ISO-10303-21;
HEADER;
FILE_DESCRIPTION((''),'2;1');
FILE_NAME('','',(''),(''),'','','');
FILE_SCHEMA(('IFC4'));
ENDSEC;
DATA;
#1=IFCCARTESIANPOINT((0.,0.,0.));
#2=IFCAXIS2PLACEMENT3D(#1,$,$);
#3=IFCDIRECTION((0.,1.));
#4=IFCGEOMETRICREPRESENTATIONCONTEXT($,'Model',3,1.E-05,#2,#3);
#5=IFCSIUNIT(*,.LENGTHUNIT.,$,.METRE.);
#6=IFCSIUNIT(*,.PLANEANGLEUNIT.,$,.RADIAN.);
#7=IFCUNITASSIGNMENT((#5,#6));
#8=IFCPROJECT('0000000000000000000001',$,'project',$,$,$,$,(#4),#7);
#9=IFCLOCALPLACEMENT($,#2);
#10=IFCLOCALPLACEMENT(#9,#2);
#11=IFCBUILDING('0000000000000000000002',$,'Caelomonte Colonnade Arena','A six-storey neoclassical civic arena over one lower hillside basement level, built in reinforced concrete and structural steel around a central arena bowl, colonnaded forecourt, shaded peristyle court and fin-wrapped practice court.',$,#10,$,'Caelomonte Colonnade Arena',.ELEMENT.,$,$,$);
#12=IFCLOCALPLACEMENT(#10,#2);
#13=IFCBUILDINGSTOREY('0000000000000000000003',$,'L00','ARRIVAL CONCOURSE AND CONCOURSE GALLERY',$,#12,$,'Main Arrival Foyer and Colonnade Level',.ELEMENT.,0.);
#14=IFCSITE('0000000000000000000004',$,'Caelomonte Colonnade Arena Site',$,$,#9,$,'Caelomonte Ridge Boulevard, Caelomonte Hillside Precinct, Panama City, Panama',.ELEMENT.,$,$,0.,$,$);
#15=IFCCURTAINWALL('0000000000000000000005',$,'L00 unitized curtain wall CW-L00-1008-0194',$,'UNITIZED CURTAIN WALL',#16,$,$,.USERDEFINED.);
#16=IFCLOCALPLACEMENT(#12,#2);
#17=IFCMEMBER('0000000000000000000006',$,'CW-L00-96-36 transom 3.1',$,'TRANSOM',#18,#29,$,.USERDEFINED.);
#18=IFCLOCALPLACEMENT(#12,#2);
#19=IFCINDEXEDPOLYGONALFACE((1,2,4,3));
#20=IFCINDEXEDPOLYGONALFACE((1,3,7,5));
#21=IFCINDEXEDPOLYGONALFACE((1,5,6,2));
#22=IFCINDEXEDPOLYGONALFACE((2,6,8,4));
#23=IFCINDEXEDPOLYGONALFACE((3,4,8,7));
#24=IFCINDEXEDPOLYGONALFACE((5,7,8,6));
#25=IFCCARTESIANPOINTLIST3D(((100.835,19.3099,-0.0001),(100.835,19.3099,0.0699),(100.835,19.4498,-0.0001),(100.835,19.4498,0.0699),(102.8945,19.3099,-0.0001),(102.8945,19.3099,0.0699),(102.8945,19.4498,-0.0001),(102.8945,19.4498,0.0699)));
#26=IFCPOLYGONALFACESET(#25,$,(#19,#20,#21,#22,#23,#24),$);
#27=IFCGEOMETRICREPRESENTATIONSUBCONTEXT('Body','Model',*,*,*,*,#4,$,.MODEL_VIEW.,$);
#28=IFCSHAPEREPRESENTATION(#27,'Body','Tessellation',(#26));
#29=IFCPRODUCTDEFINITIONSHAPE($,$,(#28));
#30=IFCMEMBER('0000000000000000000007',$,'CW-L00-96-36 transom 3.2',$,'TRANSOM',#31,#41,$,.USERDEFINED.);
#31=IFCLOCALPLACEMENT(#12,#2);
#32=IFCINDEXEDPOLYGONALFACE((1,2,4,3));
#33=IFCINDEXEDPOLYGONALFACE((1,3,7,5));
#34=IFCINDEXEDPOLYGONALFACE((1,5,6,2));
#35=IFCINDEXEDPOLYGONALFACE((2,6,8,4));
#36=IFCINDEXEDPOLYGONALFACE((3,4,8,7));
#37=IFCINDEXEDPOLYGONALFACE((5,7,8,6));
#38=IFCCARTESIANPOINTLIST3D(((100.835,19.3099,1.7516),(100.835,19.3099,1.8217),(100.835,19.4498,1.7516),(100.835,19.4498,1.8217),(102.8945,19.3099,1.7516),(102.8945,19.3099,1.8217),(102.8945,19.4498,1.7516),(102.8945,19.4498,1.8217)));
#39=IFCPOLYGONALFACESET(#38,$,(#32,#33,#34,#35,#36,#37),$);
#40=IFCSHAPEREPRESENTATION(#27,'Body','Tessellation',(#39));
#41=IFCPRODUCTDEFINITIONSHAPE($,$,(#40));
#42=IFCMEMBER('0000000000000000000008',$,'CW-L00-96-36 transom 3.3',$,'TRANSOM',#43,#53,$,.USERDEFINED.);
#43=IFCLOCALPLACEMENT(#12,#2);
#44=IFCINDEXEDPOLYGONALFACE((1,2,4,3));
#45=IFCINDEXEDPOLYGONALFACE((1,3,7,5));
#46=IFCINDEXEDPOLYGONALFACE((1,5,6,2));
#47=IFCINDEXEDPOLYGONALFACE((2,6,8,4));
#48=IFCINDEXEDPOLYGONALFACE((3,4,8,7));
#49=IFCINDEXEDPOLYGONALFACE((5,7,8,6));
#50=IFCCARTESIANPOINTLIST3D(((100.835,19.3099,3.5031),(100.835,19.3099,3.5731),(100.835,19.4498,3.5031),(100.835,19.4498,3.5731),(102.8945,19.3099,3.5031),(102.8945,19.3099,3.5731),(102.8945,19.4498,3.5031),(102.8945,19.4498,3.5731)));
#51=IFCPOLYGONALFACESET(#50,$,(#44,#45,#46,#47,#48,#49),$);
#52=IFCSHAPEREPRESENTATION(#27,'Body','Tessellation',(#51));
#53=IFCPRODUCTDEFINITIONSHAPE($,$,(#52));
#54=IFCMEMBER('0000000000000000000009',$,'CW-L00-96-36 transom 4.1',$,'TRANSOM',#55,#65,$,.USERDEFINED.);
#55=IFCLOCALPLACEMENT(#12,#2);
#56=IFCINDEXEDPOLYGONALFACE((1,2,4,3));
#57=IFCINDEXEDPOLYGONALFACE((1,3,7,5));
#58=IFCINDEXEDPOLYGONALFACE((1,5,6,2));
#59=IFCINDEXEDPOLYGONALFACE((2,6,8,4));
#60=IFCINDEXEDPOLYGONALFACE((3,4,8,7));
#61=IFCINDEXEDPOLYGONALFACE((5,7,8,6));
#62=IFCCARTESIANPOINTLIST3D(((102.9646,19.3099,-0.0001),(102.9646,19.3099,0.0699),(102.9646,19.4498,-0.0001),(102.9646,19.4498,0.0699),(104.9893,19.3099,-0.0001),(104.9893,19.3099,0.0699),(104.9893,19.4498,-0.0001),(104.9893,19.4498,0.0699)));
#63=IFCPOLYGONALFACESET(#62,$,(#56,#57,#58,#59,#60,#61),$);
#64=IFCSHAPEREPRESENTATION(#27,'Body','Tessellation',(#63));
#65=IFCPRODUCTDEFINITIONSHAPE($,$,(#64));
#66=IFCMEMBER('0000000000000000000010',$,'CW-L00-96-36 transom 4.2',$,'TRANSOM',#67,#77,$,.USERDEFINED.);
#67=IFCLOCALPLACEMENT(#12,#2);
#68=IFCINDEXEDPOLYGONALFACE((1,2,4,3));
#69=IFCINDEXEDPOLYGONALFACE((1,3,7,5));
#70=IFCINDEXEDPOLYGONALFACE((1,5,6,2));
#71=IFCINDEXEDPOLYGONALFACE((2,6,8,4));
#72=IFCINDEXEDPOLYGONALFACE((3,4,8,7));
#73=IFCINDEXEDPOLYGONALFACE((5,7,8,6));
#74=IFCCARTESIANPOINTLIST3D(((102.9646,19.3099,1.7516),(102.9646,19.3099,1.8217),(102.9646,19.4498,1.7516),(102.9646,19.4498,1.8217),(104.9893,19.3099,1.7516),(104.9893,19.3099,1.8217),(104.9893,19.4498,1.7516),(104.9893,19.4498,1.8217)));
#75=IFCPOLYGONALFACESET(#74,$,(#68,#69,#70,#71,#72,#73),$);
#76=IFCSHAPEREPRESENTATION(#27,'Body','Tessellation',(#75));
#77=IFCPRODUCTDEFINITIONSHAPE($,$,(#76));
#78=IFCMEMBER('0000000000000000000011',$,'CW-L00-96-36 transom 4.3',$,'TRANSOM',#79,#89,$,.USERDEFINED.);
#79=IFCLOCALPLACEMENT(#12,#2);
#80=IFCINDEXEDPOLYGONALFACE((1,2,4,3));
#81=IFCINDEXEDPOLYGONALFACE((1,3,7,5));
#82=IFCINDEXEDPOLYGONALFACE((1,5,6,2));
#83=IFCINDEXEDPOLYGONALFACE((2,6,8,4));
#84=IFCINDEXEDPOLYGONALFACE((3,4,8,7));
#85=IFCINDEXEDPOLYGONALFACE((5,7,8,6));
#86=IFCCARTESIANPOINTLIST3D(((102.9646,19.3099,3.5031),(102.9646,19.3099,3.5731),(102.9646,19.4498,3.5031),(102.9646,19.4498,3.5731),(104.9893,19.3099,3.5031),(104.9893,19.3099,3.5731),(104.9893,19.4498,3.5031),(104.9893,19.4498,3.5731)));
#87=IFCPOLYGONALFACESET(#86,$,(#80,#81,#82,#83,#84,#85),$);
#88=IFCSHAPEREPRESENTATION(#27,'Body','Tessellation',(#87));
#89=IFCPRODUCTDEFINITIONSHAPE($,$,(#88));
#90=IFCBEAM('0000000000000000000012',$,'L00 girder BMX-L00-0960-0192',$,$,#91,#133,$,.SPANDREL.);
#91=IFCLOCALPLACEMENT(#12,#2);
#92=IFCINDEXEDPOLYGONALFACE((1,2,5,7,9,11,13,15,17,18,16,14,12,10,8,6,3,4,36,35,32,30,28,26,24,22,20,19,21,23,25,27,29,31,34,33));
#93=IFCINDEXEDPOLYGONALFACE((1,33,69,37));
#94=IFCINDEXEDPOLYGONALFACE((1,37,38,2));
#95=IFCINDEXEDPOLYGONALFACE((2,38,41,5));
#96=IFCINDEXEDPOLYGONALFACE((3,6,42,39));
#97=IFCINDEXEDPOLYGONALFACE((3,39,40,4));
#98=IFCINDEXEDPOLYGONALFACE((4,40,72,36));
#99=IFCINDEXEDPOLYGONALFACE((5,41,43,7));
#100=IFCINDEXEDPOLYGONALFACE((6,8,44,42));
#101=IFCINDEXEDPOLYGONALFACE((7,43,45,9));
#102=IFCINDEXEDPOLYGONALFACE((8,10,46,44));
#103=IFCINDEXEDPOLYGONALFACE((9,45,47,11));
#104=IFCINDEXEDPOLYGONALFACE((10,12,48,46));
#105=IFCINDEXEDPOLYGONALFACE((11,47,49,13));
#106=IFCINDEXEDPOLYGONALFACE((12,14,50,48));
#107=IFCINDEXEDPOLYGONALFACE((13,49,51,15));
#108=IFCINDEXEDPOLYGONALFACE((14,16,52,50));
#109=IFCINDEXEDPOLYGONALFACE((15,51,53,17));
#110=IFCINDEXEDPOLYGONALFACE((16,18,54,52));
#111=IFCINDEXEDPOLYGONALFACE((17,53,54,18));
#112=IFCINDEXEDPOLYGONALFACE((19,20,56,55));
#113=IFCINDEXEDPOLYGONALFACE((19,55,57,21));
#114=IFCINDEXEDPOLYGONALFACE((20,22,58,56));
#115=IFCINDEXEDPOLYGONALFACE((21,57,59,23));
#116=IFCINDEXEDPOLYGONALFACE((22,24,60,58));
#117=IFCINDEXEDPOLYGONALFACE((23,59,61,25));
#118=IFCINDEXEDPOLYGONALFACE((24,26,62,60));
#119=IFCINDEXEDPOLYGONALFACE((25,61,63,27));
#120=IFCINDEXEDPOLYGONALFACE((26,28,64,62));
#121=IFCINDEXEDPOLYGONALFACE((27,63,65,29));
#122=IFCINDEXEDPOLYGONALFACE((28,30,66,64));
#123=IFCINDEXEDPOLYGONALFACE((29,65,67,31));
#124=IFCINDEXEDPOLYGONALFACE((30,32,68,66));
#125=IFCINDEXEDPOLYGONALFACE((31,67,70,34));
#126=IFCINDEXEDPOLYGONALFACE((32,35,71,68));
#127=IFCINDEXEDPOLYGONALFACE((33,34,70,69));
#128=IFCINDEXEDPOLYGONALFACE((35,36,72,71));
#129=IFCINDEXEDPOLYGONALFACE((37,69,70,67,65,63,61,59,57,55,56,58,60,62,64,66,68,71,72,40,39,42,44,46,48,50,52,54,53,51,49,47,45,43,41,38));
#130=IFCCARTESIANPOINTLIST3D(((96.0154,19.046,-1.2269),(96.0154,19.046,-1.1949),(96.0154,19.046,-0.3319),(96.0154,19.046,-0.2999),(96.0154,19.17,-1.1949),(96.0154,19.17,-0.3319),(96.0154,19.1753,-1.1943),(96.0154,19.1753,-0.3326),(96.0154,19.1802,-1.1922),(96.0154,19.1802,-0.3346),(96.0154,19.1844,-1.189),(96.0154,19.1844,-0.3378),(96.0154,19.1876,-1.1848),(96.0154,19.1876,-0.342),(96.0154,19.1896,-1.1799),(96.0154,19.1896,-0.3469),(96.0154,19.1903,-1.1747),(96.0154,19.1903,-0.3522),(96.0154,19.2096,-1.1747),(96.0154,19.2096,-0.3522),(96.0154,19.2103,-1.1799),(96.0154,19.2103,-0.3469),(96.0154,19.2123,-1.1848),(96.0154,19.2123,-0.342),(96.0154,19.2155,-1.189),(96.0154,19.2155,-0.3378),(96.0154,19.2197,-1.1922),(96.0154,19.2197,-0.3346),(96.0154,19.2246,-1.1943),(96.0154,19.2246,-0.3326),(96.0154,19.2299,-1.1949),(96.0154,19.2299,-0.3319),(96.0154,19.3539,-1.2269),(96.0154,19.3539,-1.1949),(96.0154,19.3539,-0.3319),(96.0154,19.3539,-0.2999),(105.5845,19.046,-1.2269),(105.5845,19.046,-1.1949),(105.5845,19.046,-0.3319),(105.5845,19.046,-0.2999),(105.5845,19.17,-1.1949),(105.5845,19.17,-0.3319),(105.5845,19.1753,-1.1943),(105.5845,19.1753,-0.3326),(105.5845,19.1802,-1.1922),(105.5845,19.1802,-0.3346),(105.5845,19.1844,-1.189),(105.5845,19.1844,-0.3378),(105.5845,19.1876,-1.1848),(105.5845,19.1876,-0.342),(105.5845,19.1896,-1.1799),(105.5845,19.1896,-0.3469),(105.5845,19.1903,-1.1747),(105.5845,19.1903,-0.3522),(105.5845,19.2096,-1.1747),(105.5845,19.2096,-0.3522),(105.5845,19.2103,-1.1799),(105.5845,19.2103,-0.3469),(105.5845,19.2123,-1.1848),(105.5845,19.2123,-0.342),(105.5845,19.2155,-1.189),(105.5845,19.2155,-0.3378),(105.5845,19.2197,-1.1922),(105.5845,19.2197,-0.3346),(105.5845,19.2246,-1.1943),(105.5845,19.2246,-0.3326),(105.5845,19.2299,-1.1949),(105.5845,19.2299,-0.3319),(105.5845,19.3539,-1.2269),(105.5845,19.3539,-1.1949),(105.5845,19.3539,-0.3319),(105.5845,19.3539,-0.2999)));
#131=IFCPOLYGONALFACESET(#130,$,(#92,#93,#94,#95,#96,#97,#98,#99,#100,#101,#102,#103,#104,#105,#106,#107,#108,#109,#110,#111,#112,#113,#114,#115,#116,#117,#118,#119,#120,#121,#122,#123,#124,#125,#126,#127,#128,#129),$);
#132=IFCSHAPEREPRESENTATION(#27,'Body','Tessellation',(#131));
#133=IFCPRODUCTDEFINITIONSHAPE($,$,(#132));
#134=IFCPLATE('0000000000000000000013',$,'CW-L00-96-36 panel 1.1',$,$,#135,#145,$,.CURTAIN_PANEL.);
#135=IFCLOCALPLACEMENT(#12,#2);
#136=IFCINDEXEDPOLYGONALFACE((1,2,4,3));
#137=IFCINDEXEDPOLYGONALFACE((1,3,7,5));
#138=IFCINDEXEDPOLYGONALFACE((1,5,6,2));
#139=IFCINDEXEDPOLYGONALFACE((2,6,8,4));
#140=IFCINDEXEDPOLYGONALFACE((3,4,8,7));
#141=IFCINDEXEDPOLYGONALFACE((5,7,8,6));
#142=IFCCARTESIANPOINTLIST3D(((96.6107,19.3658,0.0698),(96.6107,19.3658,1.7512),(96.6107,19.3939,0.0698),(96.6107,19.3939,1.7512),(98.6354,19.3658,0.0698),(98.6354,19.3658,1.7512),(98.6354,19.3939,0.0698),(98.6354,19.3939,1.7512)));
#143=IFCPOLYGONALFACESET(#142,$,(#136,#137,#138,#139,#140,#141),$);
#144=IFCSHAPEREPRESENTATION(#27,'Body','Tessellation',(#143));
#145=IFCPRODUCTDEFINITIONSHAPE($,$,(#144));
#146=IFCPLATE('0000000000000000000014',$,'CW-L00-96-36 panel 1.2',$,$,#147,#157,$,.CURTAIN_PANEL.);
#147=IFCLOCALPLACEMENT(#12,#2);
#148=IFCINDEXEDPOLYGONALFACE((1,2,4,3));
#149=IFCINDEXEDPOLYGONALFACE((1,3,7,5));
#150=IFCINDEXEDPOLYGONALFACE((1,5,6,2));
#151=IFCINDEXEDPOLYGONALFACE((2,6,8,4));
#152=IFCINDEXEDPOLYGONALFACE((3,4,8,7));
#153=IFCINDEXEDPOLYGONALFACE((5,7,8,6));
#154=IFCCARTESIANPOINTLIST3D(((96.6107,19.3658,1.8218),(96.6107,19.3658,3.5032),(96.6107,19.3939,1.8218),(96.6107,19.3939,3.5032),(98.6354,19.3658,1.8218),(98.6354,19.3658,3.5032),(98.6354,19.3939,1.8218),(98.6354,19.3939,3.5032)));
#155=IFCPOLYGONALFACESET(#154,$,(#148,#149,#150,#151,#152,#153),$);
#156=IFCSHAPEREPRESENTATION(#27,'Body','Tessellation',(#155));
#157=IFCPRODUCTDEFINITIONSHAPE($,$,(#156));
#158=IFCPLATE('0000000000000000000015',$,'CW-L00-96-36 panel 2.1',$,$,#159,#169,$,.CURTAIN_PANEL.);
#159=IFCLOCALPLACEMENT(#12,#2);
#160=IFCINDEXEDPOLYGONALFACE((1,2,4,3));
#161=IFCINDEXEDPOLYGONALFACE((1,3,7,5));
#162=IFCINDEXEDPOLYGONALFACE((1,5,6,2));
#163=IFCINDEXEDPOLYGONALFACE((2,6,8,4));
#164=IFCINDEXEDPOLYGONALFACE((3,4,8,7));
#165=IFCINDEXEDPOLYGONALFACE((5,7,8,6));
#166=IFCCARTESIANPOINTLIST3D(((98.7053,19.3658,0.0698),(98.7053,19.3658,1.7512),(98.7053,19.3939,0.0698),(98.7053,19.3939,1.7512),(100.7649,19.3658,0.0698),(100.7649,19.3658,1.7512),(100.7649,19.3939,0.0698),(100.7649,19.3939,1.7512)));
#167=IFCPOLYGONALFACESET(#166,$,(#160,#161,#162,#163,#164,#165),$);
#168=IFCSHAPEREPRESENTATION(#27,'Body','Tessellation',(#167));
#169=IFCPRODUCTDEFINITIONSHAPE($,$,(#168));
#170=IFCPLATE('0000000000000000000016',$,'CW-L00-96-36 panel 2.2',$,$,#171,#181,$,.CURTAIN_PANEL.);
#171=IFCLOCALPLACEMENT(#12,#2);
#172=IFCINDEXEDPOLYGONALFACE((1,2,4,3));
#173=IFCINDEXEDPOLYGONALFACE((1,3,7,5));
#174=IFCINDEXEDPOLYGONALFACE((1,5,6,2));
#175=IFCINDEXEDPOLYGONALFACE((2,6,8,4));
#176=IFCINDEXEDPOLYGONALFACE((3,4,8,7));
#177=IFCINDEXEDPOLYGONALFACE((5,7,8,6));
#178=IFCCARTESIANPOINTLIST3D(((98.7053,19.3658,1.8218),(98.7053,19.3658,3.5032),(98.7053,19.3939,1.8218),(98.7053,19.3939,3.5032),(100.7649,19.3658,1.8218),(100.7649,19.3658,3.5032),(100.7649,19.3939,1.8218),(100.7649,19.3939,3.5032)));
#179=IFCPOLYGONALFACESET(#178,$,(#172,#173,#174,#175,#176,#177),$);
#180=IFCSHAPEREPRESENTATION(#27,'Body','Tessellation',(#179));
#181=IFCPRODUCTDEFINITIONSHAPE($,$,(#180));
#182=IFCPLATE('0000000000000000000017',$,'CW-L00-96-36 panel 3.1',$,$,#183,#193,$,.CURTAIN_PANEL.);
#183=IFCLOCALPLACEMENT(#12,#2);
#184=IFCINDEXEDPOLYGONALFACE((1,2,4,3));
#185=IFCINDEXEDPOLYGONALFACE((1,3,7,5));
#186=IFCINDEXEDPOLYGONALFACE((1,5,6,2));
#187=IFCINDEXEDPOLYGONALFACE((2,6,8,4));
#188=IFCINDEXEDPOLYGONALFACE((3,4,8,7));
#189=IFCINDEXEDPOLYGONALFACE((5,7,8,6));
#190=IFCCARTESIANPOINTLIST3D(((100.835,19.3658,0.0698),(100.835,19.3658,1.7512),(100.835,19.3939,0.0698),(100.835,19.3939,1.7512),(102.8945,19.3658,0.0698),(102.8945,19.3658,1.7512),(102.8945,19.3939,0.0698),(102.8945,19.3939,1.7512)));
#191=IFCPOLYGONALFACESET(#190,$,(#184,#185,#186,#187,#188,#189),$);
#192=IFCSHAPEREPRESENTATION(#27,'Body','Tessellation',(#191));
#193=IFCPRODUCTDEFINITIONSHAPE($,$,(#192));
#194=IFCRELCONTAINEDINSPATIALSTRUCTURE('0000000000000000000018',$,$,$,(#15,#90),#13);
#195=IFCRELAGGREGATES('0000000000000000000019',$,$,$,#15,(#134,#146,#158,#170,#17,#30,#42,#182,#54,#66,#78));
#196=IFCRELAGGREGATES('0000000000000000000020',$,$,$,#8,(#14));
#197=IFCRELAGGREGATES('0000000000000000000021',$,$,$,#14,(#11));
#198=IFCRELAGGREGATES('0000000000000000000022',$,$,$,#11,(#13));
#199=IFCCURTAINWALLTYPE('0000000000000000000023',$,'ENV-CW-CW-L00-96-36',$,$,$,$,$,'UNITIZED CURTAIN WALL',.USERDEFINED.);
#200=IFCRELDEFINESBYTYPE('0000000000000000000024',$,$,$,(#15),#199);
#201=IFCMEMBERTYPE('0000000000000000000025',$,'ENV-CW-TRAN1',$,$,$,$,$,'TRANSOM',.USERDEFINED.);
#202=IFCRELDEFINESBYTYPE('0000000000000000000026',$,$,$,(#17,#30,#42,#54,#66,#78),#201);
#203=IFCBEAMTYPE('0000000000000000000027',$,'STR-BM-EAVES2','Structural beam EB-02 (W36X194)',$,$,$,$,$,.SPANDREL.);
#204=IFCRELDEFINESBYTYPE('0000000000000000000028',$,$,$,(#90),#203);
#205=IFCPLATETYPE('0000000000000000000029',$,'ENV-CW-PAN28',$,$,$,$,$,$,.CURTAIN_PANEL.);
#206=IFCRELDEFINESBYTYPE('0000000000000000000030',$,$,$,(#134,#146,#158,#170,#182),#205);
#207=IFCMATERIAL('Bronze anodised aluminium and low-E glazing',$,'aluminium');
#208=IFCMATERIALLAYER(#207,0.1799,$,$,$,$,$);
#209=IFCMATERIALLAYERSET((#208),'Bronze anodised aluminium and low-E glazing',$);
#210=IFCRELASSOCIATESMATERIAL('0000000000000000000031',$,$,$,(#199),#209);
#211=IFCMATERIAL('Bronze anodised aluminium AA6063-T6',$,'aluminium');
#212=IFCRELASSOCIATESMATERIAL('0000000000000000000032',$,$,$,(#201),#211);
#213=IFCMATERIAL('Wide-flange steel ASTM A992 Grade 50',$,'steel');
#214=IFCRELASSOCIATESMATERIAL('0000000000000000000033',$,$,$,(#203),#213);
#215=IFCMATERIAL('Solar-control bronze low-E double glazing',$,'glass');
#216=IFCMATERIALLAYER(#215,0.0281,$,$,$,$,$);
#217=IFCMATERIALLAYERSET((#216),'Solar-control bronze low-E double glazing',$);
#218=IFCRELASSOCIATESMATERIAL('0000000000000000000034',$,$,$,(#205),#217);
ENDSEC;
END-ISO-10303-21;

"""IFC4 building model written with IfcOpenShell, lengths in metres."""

from ifc_helpers import new_model, si_unit, direction, frame, origin, origin_2d, place, context, subcontext, project, spatial, rectangle, i_section, extrude, material, layer, layer_set, material_profile, profile_set, type_object, element, aggregate, save


model = new_model("IFC4")

# Units and contexts
model_context = context("Model", 3, precision=1e-05, world=origin(), true_north=direction((0.0, 1.0)))
body_context = subcontext(model_context, "Body", "Model", "MODEL_VIEW")
ifc_project = project(units=[si_unit("LENGTHUNIT", "METRE"), si_unit("PLANEANGLEUNIT", "RADIAN")], contexts=[model_context])

# Site, building, storey
site_placement = place(None, origin())
site = spatial("IfcSite", under=ifc_project, at=site_placement, Name="Caelomonte Colonnade Arena Site", LongName="Caelomonte Ridge Boulevard, Caelomonte Hillside Precinct, Panama City, Panama", CompositionType="ELEMENT", RefElevation=0.0)
building_placement = place(site_placement, origin())
building = spatial("IfcBuilding", under=site, at=building_placement, Name="Caelomonte Colonnade Arena", Description="A six-storey neoclassical civic arena over one lower hillside basement level, built in reinforced concrete and structural steel around a central arena bowl, colonnaded forecourt, shaded peristyle court and fin-wrapped practice court.", LongName="Caelomonte Colonnade Arena", CompositionType="ELEMENT")
storey_placement = place(building_placement, origin())
storey = spatial("IfcBuildingStorey", under=building, at=storey_placement, Name="L00", Description="ARRIVAL CONCOURSE AND CONCOURSE GALLERY", LongName="Main Arrival Foyer and Colonnade Level", CompositionType="ELEMENT", Elevation=0.0)

# Shared definitions
ifc_material_1 = material(Name="Wide-flange steel ASTM A992 Grade 50", Category="steel")

# Curtain wall, members
ifc_material_2 = material(Name="Bronze anodised aluminium and low-E glazing", Category="aluminium")
ifc_layer_1 = layer(ifc_material_2, 0.1799)
ifc_layer_set_1 = layer_set([ifc_layer_1], Name="Bronze anodised aluminium and low-E glazing")
curtain_wall_type = type_object("IfcCurtainWallType", Name="ENV-CW-CW-L00-96-36", ElementType="UNITIZED CURTAIN WALL", PredefinedType="USERDEFINED", material=ifc_layer_set_1)
curtain_wall_placement = place(storey_placement, origin())
curtain_wall = element("IfcCurtainWall", 1, at=curtain_wall_placement, inside=storey, type_object=curtain_wall_type, Name="L00 unitized curtain wall CW-L00-1008-0194", ObjectType="UNITIZED CURTAIN WALL", PredefinedType="USERDEFINED")
ifc_material_3 = material(Name="Bronze anodised aluminium AA6063-T6", Category="aluminium")
ifc_material_profile_1 = material_profile(ifc_material_3, rectangle(XDim=0.0701, YDim=0.1399, at=origin_2d()), Name="CWT-70X140")
ifc_profile_set_1 = profile_set([ifc_material_profile_1], Name="Bronze anodised aluminium AA6063-T6")
member_type_1 = type_object("IfcMemberType", Name="ENV-CW-TRAN1", ElementType="TRANSOM", PredefinedType="USERDEFINED", material=ifc_profile_set_1)
member_1_placement = place(storey_placement, frame((100.835, 19.3799, 0.0349), z_axis=(1.0, 0.0, 0.0), x_axis=(0.0, 0.0, 1.0)))
member_1 = element("IfcMember", 2, at=member_1_placement, type_object=member_type_1, Name="CW-L00-96-36 transom 3.1", ObjectType="TRANSOM", PredefinedType="USERDEFINED", context=body_context, shape_type="SweptSolid", body=[
    extrude(rectangle(XDim=0.0701, YDim=0.1399, at=origin_2d()), origin(), (0.0, 0.0, 1.0), 2.0596),
])
member_2_placement = place(storey_placement, frame((100.835, 19.3799, 1.7866), z_axis=(1.0, 0.0, 0.0), x_axis=(0.0, 0.0, 1.0)))
member_2 = element("IfcMember", 3, at=member_2_placement, type_object=member_type_1, Name="CW-L00-96-36 transom 3.2", ObjectType="TRANSOM", PredefinedType="USERDEFINED", context=body_context, shape_type="SweptSolid", body=[
    extrude(rectangle(XDim=0.0701, YDim=0.1399, at=origin_2d()), origin(), (0.0, 0.0, 1.0), 2.0596),
])
member_3_placement = place(storey_placement, frame((100.835, 19.3799, 3.5381), z_axis=(1.0, 0.0, 0.0), x_axis=(0.0, 0.0, 1.0)))
member_3 = element("IfcMember", 4, at=member_3_placement, type_object=member_type_1, Name="CW-L00-96-36 transom 3.3", ObjectType="TRANSOM", PredefinedType="USERDEFINED", context=body_context, shape_type="SweptSolid", body=[
    extrude(rectangle(XDim=0.0701, YDim=0.1399, at=origin_2d()), origin(), (0.0, 0.0, 1.0), 2.0596),
])
member_4_placement = place(storey_placement, frame((102.9646, 19.3799, 0.0349), z_axis=(1.0, 0.0, 0.0), x_axis=(0.0, 0.0, 1.0)))
member_4 = element("IfcMember", 5, at=member_4_placement, type_object=member_type_1, Name="CW-L00-96-36 transom 4.1", ObjectType="TRANSOM", PredefinedType="USERDEFINED", context=body_context, shape_type="SweptSolid", body=[
    extrude(rectangle(XDim=0.0701, YDim=0.1399, at=origin_2d()), origin(), (0.0, 0.0, 1.0), 2.0247),
])
member_5_placement = place(storey_placement, frame((102.9646, 19.3799, 1.7866), z_axis=(1.0, 0.0, 0.0), x_axis=(0.0, 0.0, 1.0)))
member_5 = element("IfcMember", 6, at=member_5_placement, type_object=member_type_1, Name="CW-L00-96-36 transom 4.2", ObjectType="TRANSOM", PredefinedType="USERDEFINED", context=body_context, shape_type="SweptSolid", body=[
    extrude(rectangle(XDim=0.0701, YDim=0.1399, at=origin_2d()), origin(), (0.0, 0.0, 1.0), 2.0247),
])
member_6_placement = place(storey_placement, frame((102.9646, 19.3799, 3.5381), z_axis=(1.0, 0.0, 0.0), x_axis=(0.0, 0.0, 1.0)))
member_6 = element("IfcMember", 7, at=member_6_placement, type_object=member_type_1, Name="CW-L00-96-36 transom 4.3", ObjectType="TRANSOM", PredefinedType="USERDEFINED", context=body_context, shape_type="SweptSolid", body=[
    extrude(rectangle(XDim=0.0701, YDim=0.1399, at=origin_2d()), origin(), (0.0, 0.0, 1.0), 2.0247),
])

# Beam
ifc_material_profile_2 = material_profile(ifc_material_1, i_section(OverallWidth=0.3079, OverallDepth=0.927, WebThickness=0.0193, FlangeThickness=0.032, FilletRadius=0.0203, at=origin_2d()), Name="W36X194")
ifc_profile_set_2 = profile_set([ifc_material_profile_2], Name="Wide-flange steel ASTM A992 Grade 50")
beam_type = type_object("IfcBeamType", Name="STR-BM-EAVES2", Description="Structural beam EB-02 (W36X194)", PredefinedType="SPANDREL", material=ifc_profile_set_2)
beam_placement = place(storey_placement, frame((96.0154, 19.2, -0.7634), z_axis=(1.0, 0.0, 0.0), x_axis=(0.0, 1.0, 0.0)))
element("IfcBeam", 8, at=beam_placement, inside=storey, type_object=beam_type, Name="L00 girder BMX-L00-0960-0192", PredefinedType="SPANDREL", context=body_context, shape_type="SweptSolid", body=[
    extrude(i_section(OverallWidth=0.3079, OverallDepth=0.927, WebThickness=0.0193, FlangeThickness=0.032, FilletRadius=0.0203, at=origin_2d()), origin(), (0.0, 0.0, 1.0), 9.5691),
])

# Plates
ifc_material_4 = material(Name="Solar-control bronze low-E double glazing", Category="glass")
ifc_layer_2 = layer(ifc_material_4, 0.0281)
ifc_layer_set_2 = layer_set([ifc_layer_2], Name="Solar-control bronze low-E double glazing")
plate_type = type_object("IfcPlateType", Name="ENV-CW-PAN28", PredefinedType="CURTAIN_PANEL", material=ifc_layer_set_2)
plate_1_placement = place(storey_placement, frame((97.623, 19.3799, 0.0698), z_axis=(0.0, 0.0, 1.0), x_axis=(1.0, 0.0, 0.0)))
plate_1 = element("IfcPlate", 9, at=plate_1_placement, type_object=plate_type, Name="CW-L00-96-36 panel 1.1", PredefinedType="CURTAIN_PANEL", context=body_context, shape_type="SweptSolid", body=[
    extrude(rectangle(XDim=2.0247, YDim=0.0281, at=origin_2d()), origin(), (0.0, 0.0, 1.0), 1.6814),
])
plate_2_placement = place(storey_placement, frame((97.623, 19.3799, 1.8218), z_axis=(0.0, 0.0, 1.0), x_axis=(1.0, 0.0, 0.0)))
plate_2 = element("IfcPlate", 10, at=plate_2_placement, type_object=plate_type, Name="CW-L00-96-36 panel 1.2", PredefinedType="CURTAIN_PANEL", context=body_context, shape_type="SweptSolid", body=[
    extrude(rectangle(XDim=2.0247, YDim=0.0281, at=origin_2d()), origin(), (0.0, 0.0, 1.0), 1.6814),
])
plate_3_placement = place(storey_placement, frame((99.7351, 19.3799, 0.0698), z_axis=(0.0, 0.0, 1.0), x_axis=(1.0, 0.0, 0.0)))
plate_3 = element("IfcPlate", 11, at=plate_3_placement, type_object=plate_type, Name="CW-L00-96-36 panel 2.1", PredefinedType="CURTAIN_PANEL", context=body_context, shape_type="SweptSolid", body=[
    extrude(rectangle(XDim=2.0596, YDim=0.0281, at=origin_2d()), origin(), (0.0, 0.0, 1.0), 1.6814),
])
plate_4_placement = place(storey_placement, frame((99.7351, 19.3799, 1.8218), z_axis=(0.0, 0.0, 1.0), x_axis=(1.0, 0.0, 0.0)))
plate_4 = element("IfcPlate", 12, at=plate_4_placement, type_object=plate_type, Name="CW-L00-96-36 panel 2.2", PredefinedType="CURTAIN_PANEL", context=body_context, shape_type="SweptSolid", body=[
    extrude(rectangle(XDim=2.0596, YDim=0.0281, at=origin_2d()), origin(), (0.0, 0.0, 1.0), 1.6814),
])
plate_5_placement = place(storey_placement, frame((101.8647, 19.3799, 0.0698), z_axis=(0.0, 0.0, 1.0), x_axis=(1.0, 0.0, 0.0)))
plate_5 = element("IfcPlate", 13, at=plate_5_placement, type_object=plate_type, Name="CW-L00-96-36 panel 3.1", PredefinedType="CURTAIN_PANEL", context=body_context, shape_type="SweptSolid", body=[
    extrude(rectangle(XDim=2.0596, YDim=0.0281, at=origin_2d()), origin(), (0.0, 0.0, 1.0), 1.6814),
])
aggregate(curtain_wall, [plate_1, plate_2, plate_3, plate_4, member_1, member_2, member_3, plate_5, member_4, member_5, member_6])

save(model, "model.ifc")
